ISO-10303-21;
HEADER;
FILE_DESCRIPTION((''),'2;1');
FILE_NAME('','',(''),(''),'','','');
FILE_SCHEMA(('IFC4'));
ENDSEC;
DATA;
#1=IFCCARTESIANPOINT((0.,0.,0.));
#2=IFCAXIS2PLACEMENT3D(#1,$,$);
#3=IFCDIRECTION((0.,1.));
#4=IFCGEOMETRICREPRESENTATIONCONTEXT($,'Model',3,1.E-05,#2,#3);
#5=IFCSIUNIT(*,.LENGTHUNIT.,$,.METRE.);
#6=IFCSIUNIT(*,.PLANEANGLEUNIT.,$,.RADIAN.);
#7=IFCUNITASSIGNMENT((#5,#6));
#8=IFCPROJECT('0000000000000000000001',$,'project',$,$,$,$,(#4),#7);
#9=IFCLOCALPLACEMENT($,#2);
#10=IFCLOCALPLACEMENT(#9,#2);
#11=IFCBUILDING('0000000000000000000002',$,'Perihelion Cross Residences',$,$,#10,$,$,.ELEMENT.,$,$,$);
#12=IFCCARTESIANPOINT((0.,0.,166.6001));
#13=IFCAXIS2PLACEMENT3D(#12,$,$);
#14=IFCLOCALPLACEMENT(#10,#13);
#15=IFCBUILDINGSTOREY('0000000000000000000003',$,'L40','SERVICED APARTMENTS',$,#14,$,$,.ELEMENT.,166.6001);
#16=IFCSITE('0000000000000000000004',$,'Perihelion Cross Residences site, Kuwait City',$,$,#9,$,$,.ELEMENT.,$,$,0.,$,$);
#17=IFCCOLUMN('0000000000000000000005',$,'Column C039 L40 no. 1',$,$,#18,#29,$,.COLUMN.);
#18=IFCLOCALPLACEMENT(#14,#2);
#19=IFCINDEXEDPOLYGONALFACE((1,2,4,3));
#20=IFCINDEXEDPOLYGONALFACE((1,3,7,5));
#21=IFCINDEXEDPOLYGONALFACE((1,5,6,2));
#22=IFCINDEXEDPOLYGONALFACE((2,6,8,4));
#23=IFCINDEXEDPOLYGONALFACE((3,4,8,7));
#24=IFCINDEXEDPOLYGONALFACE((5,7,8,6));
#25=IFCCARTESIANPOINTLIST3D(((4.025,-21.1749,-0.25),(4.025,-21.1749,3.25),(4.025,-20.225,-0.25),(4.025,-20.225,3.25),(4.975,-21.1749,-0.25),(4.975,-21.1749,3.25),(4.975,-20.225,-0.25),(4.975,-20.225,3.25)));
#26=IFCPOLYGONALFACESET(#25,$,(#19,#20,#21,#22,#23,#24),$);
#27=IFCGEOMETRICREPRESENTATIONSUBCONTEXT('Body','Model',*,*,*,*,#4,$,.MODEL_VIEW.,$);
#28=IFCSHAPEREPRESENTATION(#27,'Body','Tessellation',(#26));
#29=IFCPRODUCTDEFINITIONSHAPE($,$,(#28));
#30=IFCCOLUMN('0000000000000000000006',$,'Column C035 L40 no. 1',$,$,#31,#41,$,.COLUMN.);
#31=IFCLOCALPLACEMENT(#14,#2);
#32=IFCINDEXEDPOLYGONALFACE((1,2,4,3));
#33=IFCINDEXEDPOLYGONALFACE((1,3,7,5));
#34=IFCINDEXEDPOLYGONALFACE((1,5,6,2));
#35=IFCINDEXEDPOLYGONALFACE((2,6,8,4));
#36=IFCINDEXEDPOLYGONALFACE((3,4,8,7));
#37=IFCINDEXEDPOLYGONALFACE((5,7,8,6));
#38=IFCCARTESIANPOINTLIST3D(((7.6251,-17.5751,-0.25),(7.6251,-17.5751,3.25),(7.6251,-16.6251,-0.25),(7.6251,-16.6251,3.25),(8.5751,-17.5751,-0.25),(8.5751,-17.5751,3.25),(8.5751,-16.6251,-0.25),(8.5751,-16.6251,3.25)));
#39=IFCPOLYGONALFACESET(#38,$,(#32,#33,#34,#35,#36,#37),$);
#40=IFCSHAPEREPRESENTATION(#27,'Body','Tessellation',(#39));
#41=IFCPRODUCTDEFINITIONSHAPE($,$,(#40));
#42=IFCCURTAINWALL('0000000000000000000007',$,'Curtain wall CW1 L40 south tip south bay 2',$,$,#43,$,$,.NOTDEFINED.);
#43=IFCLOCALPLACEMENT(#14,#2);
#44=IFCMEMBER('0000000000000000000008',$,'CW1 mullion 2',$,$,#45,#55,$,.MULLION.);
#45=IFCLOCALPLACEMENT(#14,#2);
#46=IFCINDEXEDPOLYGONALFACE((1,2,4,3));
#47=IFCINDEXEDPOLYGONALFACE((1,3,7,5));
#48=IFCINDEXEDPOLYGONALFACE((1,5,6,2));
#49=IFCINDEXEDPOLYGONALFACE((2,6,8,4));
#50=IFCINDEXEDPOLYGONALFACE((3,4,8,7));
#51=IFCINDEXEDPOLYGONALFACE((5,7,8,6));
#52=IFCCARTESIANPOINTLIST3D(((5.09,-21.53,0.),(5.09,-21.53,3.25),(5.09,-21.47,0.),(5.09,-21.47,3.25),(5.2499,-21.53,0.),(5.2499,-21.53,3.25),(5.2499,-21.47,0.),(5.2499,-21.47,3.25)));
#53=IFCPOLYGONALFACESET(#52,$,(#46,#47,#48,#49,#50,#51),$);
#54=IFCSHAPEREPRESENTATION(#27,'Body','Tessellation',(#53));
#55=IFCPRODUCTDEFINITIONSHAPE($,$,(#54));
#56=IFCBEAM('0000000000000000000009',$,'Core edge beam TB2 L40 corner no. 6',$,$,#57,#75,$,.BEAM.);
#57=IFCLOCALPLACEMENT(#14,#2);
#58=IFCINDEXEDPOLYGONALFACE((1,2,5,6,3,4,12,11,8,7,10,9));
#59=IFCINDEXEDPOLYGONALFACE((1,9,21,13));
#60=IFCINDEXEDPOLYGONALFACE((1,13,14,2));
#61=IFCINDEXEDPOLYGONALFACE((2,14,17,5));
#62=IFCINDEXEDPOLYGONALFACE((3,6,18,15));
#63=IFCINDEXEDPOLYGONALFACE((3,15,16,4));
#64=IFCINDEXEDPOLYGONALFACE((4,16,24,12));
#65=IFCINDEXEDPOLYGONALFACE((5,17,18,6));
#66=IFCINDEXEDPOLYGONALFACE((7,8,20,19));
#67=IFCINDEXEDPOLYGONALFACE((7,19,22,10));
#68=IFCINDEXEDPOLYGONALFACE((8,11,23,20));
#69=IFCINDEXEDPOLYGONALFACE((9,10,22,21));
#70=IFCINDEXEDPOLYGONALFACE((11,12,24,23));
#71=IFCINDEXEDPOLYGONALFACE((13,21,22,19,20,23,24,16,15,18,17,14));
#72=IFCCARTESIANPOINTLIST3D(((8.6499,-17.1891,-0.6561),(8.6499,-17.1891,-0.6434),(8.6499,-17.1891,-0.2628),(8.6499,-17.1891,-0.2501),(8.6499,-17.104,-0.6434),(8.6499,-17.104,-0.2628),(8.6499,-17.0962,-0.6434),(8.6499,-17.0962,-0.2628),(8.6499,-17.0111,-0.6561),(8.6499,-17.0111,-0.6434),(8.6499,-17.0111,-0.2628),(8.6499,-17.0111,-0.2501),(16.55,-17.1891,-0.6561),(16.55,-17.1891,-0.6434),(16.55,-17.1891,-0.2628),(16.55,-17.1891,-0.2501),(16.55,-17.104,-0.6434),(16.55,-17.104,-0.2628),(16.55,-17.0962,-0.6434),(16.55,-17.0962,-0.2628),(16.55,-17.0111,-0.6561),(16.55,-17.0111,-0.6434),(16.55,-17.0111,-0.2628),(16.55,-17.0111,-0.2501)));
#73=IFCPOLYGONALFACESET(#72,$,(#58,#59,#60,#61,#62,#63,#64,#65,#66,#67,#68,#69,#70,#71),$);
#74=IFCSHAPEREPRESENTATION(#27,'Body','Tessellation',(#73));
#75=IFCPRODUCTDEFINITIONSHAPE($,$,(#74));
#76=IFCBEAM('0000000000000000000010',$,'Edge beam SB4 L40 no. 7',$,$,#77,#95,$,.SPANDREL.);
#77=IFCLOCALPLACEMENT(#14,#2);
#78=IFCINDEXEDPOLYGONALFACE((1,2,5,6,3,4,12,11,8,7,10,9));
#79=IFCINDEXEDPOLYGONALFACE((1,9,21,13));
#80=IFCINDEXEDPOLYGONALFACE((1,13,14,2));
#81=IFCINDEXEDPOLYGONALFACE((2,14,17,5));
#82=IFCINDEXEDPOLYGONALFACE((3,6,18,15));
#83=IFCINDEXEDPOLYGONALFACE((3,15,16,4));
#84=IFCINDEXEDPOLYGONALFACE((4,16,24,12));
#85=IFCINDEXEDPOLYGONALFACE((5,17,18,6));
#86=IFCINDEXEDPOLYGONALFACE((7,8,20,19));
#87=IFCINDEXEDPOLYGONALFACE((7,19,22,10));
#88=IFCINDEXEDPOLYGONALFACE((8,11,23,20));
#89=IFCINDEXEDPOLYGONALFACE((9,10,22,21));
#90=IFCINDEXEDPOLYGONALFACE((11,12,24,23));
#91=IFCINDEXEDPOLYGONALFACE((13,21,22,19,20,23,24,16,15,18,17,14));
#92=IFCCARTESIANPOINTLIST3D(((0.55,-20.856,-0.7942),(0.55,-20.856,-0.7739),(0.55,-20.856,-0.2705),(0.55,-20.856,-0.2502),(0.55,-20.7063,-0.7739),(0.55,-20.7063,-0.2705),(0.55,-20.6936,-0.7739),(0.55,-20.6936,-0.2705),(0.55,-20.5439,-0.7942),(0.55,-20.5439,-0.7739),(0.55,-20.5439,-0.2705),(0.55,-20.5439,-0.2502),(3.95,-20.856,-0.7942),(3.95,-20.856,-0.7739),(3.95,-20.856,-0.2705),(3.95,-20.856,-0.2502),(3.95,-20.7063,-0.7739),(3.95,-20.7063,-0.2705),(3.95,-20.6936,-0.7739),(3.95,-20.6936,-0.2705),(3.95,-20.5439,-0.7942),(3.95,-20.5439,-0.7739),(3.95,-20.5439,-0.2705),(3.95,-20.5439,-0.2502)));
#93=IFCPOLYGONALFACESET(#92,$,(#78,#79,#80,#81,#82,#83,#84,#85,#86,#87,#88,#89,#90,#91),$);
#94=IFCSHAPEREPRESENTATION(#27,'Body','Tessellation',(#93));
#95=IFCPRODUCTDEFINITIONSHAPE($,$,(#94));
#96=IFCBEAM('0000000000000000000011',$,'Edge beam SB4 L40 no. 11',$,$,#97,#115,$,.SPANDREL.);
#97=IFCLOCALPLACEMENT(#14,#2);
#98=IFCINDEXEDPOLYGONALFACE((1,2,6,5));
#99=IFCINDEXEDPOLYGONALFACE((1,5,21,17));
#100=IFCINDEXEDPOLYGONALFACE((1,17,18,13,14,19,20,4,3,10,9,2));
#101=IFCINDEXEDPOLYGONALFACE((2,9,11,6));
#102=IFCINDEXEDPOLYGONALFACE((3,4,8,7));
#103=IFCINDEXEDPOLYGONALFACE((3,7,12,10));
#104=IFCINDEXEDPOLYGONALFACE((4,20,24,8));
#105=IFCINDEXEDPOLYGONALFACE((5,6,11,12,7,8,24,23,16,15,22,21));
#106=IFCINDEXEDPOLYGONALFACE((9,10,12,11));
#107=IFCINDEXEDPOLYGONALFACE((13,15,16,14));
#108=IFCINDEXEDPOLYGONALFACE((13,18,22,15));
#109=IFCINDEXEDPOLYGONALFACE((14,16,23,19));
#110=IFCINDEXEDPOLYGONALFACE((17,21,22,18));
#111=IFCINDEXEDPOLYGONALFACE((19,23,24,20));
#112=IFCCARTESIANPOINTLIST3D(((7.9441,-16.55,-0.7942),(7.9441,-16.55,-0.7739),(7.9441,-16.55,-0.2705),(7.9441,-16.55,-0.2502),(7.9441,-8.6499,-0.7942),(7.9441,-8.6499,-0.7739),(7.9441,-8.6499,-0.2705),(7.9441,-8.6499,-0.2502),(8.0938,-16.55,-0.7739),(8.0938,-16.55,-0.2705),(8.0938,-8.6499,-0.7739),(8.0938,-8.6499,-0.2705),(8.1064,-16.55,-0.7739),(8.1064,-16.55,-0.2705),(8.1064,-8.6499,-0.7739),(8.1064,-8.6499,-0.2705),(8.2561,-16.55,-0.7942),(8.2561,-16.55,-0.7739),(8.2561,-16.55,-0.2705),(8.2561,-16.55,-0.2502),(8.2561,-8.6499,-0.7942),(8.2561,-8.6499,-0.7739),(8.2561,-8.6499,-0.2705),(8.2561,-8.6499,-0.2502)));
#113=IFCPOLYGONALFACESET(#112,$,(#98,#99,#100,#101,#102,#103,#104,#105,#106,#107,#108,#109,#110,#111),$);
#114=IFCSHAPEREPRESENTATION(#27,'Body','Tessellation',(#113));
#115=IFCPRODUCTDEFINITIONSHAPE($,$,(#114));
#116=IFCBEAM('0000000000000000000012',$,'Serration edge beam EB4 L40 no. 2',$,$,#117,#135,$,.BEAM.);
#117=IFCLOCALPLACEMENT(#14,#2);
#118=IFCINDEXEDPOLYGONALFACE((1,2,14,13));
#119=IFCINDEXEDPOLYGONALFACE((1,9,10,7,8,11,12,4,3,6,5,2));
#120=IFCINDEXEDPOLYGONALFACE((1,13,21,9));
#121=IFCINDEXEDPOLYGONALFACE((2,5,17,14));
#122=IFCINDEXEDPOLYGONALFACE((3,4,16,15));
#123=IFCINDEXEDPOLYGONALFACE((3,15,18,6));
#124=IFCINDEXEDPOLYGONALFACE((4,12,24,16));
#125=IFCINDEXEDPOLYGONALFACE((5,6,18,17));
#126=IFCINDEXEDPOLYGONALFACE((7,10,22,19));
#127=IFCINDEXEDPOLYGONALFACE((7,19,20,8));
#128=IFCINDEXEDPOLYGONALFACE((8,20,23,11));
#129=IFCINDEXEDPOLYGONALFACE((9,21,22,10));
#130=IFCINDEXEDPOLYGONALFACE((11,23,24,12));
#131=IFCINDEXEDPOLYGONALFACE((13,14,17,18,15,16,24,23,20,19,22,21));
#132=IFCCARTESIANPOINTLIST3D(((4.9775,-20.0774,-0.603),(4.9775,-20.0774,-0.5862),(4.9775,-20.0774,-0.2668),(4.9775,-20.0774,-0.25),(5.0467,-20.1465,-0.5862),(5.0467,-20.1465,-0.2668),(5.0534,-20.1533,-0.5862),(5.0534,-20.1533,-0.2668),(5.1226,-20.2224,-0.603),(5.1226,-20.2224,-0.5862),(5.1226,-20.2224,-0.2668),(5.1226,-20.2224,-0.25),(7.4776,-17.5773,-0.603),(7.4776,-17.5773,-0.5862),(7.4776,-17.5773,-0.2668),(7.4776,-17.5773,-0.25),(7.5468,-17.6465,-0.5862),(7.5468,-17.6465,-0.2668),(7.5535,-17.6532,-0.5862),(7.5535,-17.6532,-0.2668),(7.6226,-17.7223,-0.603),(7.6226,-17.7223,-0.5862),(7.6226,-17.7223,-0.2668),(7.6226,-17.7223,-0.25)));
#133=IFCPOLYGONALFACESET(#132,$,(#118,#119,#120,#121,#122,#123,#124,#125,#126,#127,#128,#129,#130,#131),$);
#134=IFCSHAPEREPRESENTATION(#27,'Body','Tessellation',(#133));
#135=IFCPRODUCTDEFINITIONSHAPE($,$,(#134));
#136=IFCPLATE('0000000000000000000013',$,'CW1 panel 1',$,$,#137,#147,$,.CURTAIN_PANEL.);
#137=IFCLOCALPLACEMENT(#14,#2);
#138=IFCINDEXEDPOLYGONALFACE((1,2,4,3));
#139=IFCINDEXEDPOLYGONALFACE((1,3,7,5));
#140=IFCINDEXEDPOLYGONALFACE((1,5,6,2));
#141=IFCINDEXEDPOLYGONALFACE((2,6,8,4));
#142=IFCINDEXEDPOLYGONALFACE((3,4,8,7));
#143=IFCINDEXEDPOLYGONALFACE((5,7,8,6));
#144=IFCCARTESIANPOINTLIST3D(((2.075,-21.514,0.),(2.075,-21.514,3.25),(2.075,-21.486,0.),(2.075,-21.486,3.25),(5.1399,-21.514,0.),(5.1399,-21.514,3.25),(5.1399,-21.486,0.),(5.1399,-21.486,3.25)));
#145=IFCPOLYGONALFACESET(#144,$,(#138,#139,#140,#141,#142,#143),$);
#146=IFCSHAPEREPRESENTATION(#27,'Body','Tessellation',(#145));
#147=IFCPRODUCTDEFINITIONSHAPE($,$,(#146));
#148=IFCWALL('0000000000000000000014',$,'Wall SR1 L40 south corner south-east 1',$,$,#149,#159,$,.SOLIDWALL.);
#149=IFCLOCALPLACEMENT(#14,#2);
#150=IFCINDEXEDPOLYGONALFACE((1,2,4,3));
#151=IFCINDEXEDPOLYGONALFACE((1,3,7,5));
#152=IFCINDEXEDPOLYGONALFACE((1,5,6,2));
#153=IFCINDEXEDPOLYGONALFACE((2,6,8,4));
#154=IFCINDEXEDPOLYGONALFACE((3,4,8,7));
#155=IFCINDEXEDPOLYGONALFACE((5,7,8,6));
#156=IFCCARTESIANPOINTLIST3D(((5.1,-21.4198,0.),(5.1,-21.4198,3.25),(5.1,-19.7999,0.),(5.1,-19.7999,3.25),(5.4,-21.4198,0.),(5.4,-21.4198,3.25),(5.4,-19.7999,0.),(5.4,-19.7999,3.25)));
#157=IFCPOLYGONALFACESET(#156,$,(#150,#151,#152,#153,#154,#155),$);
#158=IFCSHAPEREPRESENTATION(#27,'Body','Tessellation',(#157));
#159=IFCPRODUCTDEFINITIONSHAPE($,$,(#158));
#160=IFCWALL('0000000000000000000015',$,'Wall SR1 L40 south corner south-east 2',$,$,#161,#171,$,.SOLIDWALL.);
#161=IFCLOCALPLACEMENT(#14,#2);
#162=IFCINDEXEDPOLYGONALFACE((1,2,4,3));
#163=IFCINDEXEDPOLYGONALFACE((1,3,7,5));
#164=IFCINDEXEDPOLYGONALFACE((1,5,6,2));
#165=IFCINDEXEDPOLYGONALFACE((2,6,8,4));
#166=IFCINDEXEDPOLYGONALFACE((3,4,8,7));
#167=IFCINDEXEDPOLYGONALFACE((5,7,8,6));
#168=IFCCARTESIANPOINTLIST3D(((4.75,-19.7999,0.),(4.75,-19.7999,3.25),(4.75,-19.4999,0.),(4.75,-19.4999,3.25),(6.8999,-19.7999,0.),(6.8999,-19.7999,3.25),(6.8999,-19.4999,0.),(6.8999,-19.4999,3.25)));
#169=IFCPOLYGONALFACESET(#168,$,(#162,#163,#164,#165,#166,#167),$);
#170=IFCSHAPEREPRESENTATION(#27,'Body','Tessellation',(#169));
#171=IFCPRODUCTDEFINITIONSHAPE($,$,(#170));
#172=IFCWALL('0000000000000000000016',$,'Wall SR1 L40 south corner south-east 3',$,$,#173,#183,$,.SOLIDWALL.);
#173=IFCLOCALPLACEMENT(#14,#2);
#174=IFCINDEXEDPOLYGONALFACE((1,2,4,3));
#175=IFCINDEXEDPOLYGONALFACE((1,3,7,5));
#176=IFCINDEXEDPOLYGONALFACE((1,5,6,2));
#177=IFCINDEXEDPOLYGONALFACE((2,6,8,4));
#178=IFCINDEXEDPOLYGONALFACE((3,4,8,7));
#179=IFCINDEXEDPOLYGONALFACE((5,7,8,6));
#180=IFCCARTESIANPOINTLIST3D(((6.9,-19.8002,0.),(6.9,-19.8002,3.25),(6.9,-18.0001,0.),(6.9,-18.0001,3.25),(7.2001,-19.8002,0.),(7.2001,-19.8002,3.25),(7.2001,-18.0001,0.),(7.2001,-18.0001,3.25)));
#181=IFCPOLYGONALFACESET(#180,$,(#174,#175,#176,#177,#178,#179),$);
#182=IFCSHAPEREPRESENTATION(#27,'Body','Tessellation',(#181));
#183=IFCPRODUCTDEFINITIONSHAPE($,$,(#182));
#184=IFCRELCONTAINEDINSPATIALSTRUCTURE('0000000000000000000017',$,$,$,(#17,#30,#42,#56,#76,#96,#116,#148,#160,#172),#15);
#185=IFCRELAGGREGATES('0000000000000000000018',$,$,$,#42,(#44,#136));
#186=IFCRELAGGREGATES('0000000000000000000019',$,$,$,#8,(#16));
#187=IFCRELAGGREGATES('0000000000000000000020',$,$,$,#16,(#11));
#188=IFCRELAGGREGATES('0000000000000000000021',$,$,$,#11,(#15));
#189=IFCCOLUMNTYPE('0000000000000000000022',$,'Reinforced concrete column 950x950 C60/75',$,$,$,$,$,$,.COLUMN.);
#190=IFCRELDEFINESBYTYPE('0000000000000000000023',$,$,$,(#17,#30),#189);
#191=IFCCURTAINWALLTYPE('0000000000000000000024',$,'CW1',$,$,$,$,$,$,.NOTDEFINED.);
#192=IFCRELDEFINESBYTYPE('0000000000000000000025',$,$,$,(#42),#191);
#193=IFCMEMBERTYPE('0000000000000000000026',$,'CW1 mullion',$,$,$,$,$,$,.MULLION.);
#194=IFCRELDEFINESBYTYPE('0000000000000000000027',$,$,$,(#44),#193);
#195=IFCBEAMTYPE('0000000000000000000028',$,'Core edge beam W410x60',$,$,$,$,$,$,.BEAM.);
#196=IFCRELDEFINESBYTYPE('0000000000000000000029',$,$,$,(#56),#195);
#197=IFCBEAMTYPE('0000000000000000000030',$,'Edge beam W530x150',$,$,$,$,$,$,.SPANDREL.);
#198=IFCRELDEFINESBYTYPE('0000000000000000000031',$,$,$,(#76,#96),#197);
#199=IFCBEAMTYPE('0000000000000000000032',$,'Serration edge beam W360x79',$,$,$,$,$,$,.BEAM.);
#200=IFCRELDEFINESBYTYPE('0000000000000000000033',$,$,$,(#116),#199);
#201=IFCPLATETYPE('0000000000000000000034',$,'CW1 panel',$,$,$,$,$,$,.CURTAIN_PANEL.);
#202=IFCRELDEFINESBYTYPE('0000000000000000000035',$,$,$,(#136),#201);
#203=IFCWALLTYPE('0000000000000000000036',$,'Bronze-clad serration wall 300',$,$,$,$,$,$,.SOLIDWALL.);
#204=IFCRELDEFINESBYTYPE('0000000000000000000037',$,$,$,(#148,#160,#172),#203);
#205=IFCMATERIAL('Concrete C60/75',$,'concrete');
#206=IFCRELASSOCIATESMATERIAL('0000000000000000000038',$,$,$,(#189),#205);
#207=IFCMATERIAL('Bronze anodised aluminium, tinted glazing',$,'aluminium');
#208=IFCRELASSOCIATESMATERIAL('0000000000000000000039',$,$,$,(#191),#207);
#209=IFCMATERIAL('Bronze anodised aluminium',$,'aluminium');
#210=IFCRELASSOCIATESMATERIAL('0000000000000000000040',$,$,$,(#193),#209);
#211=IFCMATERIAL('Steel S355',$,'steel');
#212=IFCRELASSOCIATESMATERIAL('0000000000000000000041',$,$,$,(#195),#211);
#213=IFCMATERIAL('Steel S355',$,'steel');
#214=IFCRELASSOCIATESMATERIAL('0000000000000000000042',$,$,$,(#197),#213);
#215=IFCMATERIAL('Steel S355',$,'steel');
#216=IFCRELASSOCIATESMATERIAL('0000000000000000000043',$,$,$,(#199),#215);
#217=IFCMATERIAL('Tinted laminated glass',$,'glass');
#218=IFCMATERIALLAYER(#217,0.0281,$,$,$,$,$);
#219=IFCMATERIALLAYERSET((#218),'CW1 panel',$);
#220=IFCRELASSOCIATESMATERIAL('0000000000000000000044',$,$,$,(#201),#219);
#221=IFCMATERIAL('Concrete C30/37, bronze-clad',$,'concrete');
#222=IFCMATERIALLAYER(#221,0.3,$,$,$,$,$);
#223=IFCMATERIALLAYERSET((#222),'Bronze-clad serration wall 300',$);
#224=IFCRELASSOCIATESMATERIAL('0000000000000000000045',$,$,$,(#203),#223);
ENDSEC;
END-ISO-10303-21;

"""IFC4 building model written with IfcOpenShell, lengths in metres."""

from ifc_helpers import new_model, si_unit, direction, frame, frame_2d, origin, origin_2d, place, context, subcontext, project, spatial, rectangle, i_section, extrude, material, layer, layer_set, material_profile, profile_set, type_object, element, aggregate, save


model = new_model("IFC4")

# Units and contexts
model_context = context("Model", 3, precision=1e-05, world=origin(), true_north=direction((0.0, 1.0)))
body_context = subcontext(model_context, "Body", "Model", "MODEL_VIEW")
ifc_project = project(units=[si_unit("LENGTHUNIT", "METRE"), si_unit("PLANEANGLEUNIT", "RADIAN")], contexts=[model_context])

# Site, building, storey
site_placement = place(None, origin())
site = spatial("IfcSite", under=ifc_project, at=site_placement, Name="Perihelion Cross Residences site, Kuwait City", CompositionType="ELEMENT", RefElevation=0.0)
building_placement = place(site_placement, origin())
building = spatial("IfcBuilding", under=site, at=building_placement, Name="Perihelion Cross Residences", CompositionType="ELEMENT")
storey_placement = place(building_placement, frame((0.0, 0.0, 166.6001)))
storey = spatial("IfcBuildingStorey", under=building, at=storey_placement, Name="L40", Description="SERVICED APARTMENTS", CompositionType="ELEMENT", Elevation=166.6001)

# Columns
ifc_material_1 = material(Name="Concrete C60/75", Category="concrete")
ifc_material_profile_1 = material_profile(ifc_material_1, rectangle(XDim=0.95, YDim=0.95, at=origin_2d()), Name="RC 950x950")
ifc_profile_set_1 = profile_set([ifc_material_profile_1], Name="Concrete C60/75")
column_type = type_object("IfcColumnType", Name="Reinforced concrete column 950x950 C60/75", PredefinedType="COLUMN", material=ifc_profile_set_1)
for number, where, z_axis, x_axis, name in (
    (1, (4.5, -20.7, -0.25), (0.0, 0.0, 1.0), (1.0, 0.0, 0.0), "Column C039 L40 no. 1"),
    (2, (8.1001, -17.1001, -0.25), (0.0, 0.0, 1.0), (1.0, 0.0, 0.0), "Column C035 L40 no. 1"),
):
    element("IfcColumn", number, at=place(storey_placement, frame(where, z_axis=z_axis, x_axis=x_axis)), inside=storey, type_object=column_type, Name=name, PredefinedType="COLUMN", context=body_context, shape_type="SweptSolid", body=[
        extrude(rectangle(XDim=0.95, YDim=0.95, at=origin_2d()), origin(), (0.0, 0.0, 1.0), 3.5),
    ])

# Curtain wall, member
ifc_material_2 = material(Name="Bronze anodised aluminium, tinted glazing", Category="aluminium")
curtain_wall_type = type_object("IfcCurtainWallType", Name="CW1", PredefinedType="NOTDEFINED", material=ifc_material_2)
curtain_wall_placement = place(storey_placement, origin())
curtain_wall = element("IfcCurtainWall", 3, at=curtain_wall_placement, inside=storey, type_object=curtain_wall_type, Name="Curtain wall CW1 L40 south tip south bay 2", PredefinedType="NOTDEFINED")
ifc_material_3 = material(Name="Bronze anodised aluminium", Category="aluminium")
ifc_material_profile_2 = material_profile(ifc_material_3, rectangle(XDim=0.0601, YDim=0.1599, at=origin_2d()), Name="CW1 mullion")
ifc_profile_set_2 = profile_set([ifc_material_profile_2], Name="Bronze anodised aluminium")
member_type = type_object("IfcMemberType", Name="CW1 mullion", PredefinedType="MULLION", material=ifc_profile_set_2)
member_placement = place(storey_placement, frame((5.1699, -21.5, 0.0), z_axis=(0.0, 0.0, 1.0), x_axis=(0.0, 1.0, 0.0)))
member = element("IfcMember", 4, at=member_placement, type_object=member_type, Name="CW1 mullion 2", PredefinedType="MULLION", context=body_context, shape_type="SweptSolid", body=[
    extrude(rectangle(XDim=0.0601, YDim=0.1599, at=origin_2d()), origin(), (0.0, 0.0, 1.0), 3.25),
])

# Beams
ifc_material_4 = material(Name="Steel S355", Category="steel")
ifc_material_profile_3 = material_profile(ifc_material_4, i_section(OverallWidth=0.178, OverallDepth=0.406, WebThickness=0.0078, FlangeThickness=0.0127, at=origin_2d()), Name="W410x60")
ifc_profile_set_3 = profile_set([ifc_material_profile_3], Name="Steel S355")
beam_type_1 = type_object("IfcBeamType", Name="Core edge beam W410x60", PredefinedType="BEAM", material=ifc_profile_set_3)
beam_1_placement = place(storey_placement, frame((8.6499, -17.1001, -0.4531), z_axis=(1.0, 0.0, 0.0), x_axis=(0.0, 1.0, 0.0)))
element("IfcBeam", 5, at=beam_1_placement, inside=storey, type_object=beam_type_1, Name="Core edge beam TB2 L40 corner no. 6", PredefinedType="BEAM", context=body_context, shape_type="SweptSolid", body=[
    extrude(i_section(OverallWidth=0.178, OverallDepth=0.406, WebThickness=0.0078, FlangeThickness=0.0127, at=origin_2d()), origin(), (0.0, 0.0, 1.0), 7.9001),
])
ifc_material_5 = material(Name="Steel S355", Category="steel")
ifc_material_profile_4 = material_profile(ifc_material_5, i_section(OverallWidth=0.312, OverallDepth=0.5439, WebThickness=0.0127, FlangeThickness=0.0203, at=origin_2d()), Name="W530x150")
ifc_profile_set_4 = profile_set([ifc_material_profile_4], Name="Steel S355")
beam_type_2 = type_object("IfcBeamType", Name="Edge beam W530x150", PredefinedType="SPANDREL", material=ifc_profile_set_4)
beam_2_placement = place(storey_placement, frame((0.55, -20.7, -0.5222), z_axis=(1.0, 0.0, 0.0), x_axis=(0.0, 1.0, 0.0)))
element("IfcBeam", 6, at=beam_2_placement, inside=storey, type_object=beam_type_2, Name="Edge beam SB4 L40 no. 7", PredefinedType="SPANDREL", context=body_context, shape_type="SweptSolid", body=[
    extrude(i_section(OverallWidth=0.312, OverallDepth=0.5439, WebThickness=0.0127, FlangeThickness=0.0203, at=origin_2d()), origin(), (0.0, 0.0, 1.0), 3.3999),
])
beam_3_placement = place(storey_placement, frame((8.1001, -16.55, -0.5222), z_axis=(0.0, 1.0, 0.0), x_axis=(-1.0, 0.0, 0.0)))
element("IfcBeam", 7, at=beam_3_placement, inside=storey, type_object=beam_type_2, Name="Edge beam SB4 L40 no. 11", PredefinedType="SPANDREL", context=body_context, shape_type="SweptSolid", body=[
    extrude(i_section(OverallWidth=0.312, OverallDepth=0.5439, WebThickness=0.0127, FlangeThickness=0.0203, at=origin_2d()), origin(), (0.0, 0.0, 1.0), 7.9001),
])
ifc_material_6 = material(Name="Steel S355", Category="steel")
ifc_material_profile_5 = material_profile(ifc_material_6, i_section(OverallWidth=0.2051, OverallDepth=0.353, WebThickness=0.0095, FlangeThickness=0.0168, at=origin_2d()), Name="W360x79")
ifc_profile_set_5 = profile_set([ifc_material_profile_5], Name="Steel S355")
beam_type_3 = type_object("IfcBeamType", Name="Serration edge beam W360x79", PredefinedType="BEAM", material=ifc_profile_set_5)
beam_4_placement = place(storey_placement, frame((5.05, -20.1499, -0.4265), z_axis=(0.707107, 0.707107, 0.0), x_axis=(-0.707107, 0.707107, 0.0)))
element("IfcBeam", 8, at=beam_4_placement, inside=storey, type_object=beam_type_3, Name="Serration edge beam EB4 L40 no. 2", PredefinedType="BEAM", context=body_context, shape_type="SweptSolid", body=[
    extrude(i_section(OverallWidth=0.2051, OverallDepth=0.353, WebThickness=0.0095, FlangeThickness=0.0168, at=origin_2d()), origin(), (0.0, 0.0, 1.0), 3.5356),
])

# Plate
ifc_material_7 = material(Name="Tinted laminated glass", Category="glass")
ifc_layer_1 = layer(ifc_material_7, 0.0281)
ifc_layer_set_1 = layer_set([ifc_layer_1], Name="CW1 panel")
plate_type = type_object("IfcPlateType", Name="CW1 panel", PredefinedType="CURTAIN_PANEL", material=ifc_layer_set_1)
plate_placement = place(storey_placement, frame((3.6074, -21.5, 0.0), z_axis=(0.0, 0.0, 1.0), x_axis=(1.0, 0.0, 0.0)))
plate = element("IfcPlate", 9, at=plate_placement, type_object=plate_type, Name="CW1 panel 1", PredefinedType="CURTAIN_PANEL", context=body_context, shape_type="SweptSolid", body=[
    extrude(rectangle(XDim=3.0649, YDim=0.0281, at=origin_2d()), origin(), (0.0, 0.0, 1.0), 3.25),
])
aggregate(curtain_wall, [member, plate])

# Walls
ifc_material_8 = material(Name="Concrete C30/37, bronze-clad", Category="concrete")
ifc_layer_2 = layer(ifc_material_8, 0.3)
ifc_layer_set_2 = layer_set([ifc_layer_2], Name="Bronze-clad serration wall 300")
wall_type_1 = type_object("IfcWallType", Name="Bronze-clad serration wall 300", PredefinedType="SOLIDWALL", material=ifc_layer_set_2)
wall_1_placement = place(storey_placement, frame((5.25, -21.4199, 0.0), z_axis=(0.0, 0.0, 1.0), x_axis=(0.0, 1.0, 0.0)))
element("IfcWall", 10, at=wall_1_placement, inside=storey, type_object=wall_type_1, Name="Wall SR1 L40 south corner south-east 1", PredefinedType="SOLIDWALL", context=body_context, shape_type="SweptSolid", body=[
    extrude(rectangle(XDim=1.6199, YDim=0.3, at=frame_2d((0.8101, 0.0))), origin(), (0.0, 0.0, 1.0), 3.25),
])
wall_2_placement = place(storey_placement, frame((4.75, -19.6499, 0.0), z_axis=(0.0, 0.0, 1.0), x_axis=(1.0, 0.0, 0.0)))
element("IfcWall", 11, at=wall_2_placement, inside=storey, type_object=wall_type_1, Name="Wall SR1 L40 south corner south-east 2", PredefinedType="SOLIDWALL", context=body_context, shape_type="SweptSolid", body=[
    extrude(rectangle(XDim=2.1499, YDim=0.3, at=frame_2d((1.075, 0.0))), origin(), (0.0, 0.0, 1.0), 3.25),
])
wall_3_placement = place(storey_placement, frame((7.05, -19.8, 0.0), z_axis=(0.0, 0.0, 1.0), x_axis=(0.0, 1.0, 0.0)))
element("IfcWall", 12, at=wall_3_placement, inside=storey, type_object=wall_type_1, Name="Wall SR1 L40 south corner south-east 3", PredefinedType="SOLIDWALL", context=body_context, shape_type="SweptSolid", body=[
    extrude(rectangle(XDim=1.8, YDim=0.3, at=frame_2d((0.8999, 0.0))), origin(), (0.0, 0.0, 1.0), 3.25),
])

save(model, "model.ifc")
